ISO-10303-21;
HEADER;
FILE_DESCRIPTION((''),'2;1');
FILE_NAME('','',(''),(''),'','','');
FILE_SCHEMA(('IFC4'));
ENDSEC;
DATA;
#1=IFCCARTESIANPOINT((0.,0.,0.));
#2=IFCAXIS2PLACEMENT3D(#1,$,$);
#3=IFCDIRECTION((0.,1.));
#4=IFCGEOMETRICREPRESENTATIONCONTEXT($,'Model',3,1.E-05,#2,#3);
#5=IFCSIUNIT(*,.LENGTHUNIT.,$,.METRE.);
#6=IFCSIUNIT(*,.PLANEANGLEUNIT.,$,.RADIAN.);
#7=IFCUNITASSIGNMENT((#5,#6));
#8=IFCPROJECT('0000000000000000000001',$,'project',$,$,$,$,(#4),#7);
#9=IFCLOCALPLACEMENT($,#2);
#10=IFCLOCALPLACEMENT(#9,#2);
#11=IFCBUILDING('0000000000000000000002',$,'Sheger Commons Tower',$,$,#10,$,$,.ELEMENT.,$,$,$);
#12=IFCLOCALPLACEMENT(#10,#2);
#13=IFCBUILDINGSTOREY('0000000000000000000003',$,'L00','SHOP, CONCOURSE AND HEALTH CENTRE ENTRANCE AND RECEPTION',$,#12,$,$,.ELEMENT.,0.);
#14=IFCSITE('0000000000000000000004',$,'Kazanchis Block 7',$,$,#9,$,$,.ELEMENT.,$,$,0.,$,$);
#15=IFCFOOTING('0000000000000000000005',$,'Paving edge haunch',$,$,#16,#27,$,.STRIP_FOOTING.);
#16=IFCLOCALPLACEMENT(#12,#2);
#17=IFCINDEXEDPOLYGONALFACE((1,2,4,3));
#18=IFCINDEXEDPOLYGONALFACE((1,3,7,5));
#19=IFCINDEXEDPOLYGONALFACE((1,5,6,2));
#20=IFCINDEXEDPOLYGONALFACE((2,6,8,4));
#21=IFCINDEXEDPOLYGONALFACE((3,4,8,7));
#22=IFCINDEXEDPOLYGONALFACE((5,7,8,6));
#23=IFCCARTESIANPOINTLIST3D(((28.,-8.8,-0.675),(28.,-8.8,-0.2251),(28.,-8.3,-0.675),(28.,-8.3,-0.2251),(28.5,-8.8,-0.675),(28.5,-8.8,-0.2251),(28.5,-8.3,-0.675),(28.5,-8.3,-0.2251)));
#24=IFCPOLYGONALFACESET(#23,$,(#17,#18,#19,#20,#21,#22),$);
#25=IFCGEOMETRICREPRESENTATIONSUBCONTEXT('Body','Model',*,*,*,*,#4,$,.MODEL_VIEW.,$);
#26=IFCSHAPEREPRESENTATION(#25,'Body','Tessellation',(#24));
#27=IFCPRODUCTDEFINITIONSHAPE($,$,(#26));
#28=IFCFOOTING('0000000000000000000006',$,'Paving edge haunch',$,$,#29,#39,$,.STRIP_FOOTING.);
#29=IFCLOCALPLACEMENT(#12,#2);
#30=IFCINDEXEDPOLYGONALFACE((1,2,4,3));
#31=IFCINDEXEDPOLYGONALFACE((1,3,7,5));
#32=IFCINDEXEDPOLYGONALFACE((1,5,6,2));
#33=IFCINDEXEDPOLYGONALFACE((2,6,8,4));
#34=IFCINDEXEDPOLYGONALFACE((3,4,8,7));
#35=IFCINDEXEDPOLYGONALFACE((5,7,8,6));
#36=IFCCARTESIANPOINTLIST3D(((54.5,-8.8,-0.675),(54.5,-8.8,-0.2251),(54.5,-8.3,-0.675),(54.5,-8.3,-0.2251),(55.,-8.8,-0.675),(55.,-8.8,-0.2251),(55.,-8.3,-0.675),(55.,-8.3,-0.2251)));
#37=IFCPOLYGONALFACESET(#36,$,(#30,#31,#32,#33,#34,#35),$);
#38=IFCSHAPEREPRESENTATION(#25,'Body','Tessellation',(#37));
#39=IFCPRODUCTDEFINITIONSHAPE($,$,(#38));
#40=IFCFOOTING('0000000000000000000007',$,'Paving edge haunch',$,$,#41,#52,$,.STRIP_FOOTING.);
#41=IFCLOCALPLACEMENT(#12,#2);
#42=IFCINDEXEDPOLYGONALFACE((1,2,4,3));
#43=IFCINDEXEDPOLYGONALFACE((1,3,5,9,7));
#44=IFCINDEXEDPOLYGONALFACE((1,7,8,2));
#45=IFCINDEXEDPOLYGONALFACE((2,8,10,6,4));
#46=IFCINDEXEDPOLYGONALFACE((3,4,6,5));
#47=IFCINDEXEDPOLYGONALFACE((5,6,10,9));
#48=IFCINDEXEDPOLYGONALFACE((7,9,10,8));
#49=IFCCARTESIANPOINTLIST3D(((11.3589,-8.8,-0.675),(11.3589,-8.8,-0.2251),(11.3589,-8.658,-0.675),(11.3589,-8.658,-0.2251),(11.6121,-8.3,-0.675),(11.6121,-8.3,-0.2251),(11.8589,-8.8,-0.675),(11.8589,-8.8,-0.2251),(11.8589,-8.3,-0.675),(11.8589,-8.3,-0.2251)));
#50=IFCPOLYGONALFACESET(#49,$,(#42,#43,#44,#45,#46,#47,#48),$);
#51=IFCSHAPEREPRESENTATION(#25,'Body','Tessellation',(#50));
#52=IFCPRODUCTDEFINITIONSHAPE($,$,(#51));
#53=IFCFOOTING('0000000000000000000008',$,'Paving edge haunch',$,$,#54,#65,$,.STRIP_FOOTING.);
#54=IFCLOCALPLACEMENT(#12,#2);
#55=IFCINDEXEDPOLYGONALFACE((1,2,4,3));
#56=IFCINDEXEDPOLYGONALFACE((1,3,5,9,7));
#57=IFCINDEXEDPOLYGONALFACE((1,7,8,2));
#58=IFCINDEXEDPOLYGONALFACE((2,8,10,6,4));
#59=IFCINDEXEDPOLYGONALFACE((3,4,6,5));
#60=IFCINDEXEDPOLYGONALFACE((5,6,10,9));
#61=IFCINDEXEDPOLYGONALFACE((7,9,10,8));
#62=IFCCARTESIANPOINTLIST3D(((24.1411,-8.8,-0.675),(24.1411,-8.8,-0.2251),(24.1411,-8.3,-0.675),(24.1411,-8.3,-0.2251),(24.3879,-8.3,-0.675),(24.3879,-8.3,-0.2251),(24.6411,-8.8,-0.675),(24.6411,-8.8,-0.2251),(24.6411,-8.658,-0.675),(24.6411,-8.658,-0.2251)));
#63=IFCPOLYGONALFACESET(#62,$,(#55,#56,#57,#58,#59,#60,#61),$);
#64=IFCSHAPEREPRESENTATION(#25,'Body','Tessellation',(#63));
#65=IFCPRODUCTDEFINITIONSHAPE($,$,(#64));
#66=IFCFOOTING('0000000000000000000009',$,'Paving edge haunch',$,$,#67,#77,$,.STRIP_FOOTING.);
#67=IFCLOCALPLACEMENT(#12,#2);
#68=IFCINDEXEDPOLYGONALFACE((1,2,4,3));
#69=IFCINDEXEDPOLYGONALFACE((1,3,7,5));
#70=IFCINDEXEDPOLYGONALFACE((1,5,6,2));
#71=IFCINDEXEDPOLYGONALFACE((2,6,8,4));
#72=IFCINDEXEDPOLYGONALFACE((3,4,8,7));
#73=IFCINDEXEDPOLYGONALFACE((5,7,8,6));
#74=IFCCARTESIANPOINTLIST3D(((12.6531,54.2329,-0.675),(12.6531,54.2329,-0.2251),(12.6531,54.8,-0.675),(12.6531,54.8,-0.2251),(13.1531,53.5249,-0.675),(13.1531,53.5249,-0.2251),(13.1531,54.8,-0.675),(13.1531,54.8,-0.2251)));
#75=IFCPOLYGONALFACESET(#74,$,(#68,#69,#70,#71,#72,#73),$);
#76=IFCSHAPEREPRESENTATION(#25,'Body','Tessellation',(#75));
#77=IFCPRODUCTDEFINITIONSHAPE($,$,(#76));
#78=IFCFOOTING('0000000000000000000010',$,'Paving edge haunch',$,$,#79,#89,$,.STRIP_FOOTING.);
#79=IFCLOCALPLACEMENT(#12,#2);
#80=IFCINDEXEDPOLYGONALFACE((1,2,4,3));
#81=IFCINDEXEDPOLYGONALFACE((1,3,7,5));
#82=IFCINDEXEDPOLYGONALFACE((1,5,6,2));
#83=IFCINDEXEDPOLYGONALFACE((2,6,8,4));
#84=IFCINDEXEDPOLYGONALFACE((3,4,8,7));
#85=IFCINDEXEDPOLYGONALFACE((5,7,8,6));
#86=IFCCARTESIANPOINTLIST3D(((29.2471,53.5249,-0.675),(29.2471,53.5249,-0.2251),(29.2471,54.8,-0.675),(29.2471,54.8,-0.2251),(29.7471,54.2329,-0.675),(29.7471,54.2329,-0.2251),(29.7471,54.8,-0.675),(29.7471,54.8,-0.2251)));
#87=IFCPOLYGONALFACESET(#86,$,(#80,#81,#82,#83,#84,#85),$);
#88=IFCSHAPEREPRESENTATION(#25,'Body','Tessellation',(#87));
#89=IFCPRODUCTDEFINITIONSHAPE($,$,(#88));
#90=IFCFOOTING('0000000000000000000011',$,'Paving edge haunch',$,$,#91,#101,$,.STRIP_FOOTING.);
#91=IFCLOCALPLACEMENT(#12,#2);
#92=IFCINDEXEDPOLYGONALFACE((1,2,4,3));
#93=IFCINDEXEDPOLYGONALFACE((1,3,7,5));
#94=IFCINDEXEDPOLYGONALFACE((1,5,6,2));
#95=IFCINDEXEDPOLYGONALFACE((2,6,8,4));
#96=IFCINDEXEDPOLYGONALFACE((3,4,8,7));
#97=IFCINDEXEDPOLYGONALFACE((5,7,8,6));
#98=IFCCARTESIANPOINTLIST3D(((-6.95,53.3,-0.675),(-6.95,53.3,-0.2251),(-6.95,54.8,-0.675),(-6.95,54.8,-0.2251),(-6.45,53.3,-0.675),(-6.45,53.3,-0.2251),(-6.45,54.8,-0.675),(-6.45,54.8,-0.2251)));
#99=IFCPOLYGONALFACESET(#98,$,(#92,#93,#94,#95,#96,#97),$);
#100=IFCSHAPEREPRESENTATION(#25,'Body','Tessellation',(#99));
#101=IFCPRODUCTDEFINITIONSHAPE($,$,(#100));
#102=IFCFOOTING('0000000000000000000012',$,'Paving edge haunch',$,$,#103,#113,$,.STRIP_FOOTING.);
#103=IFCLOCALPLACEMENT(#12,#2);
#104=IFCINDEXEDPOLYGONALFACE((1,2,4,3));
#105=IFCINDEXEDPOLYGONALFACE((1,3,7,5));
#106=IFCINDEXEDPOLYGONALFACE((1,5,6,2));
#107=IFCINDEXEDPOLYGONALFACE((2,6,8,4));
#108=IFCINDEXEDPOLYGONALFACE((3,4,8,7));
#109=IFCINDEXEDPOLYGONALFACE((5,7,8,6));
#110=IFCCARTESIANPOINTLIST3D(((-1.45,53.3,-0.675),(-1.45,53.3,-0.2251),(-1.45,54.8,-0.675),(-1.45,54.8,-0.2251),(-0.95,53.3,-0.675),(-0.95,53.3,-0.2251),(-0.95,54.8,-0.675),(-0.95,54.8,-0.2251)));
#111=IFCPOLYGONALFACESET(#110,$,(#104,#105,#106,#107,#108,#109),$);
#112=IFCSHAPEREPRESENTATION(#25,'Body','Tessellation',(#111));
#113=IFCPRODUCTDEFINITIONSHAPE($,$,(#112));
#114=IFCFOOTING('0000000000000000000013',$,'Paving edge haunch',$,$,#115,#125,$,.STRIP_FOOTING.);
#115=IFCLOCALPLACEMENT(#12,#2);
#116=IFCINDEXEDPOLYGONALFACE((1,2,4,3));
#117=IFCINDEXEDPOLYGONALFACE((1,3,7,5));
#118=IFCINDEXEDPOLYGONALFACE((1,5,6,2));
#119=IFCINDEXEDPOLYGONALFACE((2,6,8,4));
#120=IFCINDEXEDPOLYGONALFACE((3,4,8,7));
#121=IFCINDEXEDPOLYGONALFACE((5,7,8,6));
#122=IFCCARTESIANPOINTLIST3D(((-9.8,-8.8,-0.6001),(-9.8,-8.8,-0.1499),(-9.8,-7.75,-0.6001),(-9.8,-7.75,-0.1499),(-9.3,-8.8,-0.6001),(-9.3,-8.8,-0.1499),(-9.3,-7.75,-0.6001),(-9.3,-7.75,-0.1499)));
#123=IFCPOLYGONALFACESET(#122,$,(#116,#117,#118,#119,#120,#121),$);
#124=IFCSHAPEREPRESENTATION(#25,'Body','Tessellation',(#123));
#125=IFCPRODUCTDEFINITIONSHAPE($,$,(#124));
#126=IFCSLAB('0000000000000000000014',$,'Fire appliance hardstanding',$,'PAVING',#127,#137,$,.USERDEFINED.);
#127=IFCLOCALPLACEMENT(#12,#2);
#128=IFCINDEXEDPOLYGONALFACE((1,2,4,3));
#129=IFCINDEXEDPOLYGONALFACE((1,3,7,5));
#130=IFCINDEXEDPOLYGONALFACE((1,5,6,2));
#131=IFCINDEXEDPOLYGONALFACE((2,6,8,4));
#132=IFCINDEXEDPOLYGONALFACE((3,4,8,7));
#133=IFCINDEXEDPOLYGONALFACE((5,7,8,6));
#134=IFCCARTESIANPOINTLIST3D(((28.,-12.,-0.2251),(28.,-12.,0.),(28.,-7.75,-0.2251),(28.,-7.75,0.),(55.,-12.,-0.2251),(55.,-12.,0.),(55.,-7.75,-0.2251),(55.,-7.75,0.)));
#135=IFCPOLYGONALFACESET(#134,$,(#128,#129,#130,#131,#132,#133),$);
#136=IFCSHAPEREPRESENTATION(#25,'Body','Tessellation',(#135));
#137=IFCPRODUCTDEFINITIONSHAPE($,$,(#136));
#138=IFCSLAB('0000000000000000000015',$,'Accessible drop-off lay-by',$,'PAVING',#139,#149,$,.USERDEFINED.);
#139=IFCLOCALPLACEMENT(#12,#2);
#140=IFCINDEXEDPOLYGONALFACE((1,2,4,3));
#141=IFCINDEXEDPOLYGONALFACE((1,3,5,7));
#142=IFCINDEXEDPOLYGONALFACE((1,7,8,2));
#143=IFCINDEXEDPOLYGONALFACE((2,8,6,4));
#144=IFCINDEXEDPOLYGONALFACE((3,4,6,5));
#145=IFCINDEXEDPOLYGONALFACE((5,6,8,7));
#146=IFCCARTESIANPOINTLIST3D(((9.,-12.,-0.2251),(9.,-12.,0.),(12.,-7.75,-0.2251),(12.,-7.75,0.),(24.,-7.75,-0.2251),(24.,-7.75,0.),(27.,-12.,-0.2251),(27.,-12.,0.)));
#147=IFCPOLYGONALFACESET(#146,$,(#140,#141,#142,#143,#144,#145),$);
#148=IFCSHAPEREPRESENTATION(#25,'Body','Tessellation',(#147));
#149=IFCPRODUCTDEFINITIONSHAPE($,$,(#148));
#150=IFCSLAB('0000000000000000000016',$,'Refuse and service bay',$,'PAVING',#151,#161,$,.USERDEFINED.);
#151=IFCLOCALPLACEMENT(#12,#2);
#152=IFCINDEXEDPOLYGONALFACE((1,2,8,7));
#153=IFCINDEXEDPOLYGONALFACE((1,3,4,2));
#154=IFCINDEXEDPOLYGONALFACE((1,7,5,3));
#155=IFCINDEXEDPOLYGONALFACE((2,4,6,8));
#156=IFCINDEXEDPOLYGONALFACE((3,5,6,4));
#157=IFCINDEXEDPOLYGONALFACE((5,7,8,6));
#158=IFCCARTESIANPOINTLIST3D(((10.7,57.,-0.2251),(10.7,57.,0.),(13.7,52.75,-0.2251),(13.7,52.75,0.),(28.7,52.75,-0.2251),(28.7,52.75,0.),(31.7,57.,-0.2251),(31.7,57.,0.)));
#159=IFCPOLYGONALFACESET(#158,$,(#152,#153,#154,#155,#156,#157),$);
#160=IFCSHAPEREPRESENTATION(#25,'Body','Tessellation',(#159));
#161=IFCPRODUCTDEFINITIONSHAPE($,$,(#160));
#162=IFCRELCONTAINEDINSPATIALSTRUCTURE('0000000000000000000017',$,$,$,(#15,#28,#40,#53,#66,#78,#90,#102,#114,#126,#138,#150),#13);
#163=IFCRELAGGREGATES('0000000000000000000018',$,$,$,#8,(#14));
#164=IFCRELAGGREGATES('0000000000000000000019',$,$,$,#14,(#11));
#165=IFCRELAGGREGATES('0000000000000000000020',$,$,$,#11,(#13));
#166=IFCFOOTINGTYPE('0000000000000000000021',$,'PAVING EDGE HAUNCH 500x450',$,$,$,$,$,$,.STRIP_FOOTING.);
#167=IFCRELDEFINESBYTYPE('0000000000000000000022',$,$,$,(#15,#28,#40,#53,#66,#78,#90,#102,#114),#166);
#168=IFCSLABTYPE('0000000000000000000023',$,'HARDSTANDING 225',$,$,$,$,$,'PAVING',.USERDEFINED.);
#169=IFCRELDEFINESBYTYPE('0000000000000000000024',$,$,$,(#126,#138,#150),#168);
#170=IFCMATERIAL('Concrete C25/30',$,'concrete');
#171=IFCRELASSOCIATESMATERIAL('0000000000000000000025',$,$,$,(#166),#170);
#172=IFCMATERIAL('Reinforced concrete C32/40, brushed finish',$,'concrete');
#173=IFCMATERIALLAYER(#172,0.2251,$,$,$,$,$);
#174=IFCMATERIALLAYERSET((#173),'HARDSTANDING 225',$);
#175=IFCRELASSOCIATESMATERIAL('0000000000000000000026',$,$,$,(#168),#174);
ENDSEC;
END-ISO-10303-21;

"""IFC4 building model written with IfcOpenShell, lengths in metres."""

from ifc_helpers import new_model, si_unit, direction, frame, origin, place, context, subcontext, project, spatial, polyline, outline, extrude, material, layer, layer_set, type_object, element, save


model = new_model("IFC4")

# Units and contexts
model_context = context("Model", 3, precision=1e-05, world=origin(), true_north=direction((0.0, 1.0)))
body_context = subcontext(model_context, "Body", "Model", "MODEL_VIEW")
ifc_project = project(units=[si_unit("LENGTHUNIT", "METRE"), si_unit("PLANEANGLEUNIT", "RADIAN")], contexts=[model_context])

# Site, building, storey
site_placement = place(None, origin())
site = spatial("IfcSite", under=ifc_project, at=site_placement, Name="Kazanchis Block 7", CompositionType="ELEMENT", RefElevation=0.0)
building_placement = place(site_placement, origin())
building = spatial("IfcBuilding", under=site, at=building_placement, Name="Sheger Commons Tower", CompositionType="ELEMENT")
storey_placement = place(building_placement, origin())
storey = spatial("IfcBuildingStorey", under=building, at=storey_placement, Name="L00", Description="SHOP, CONCOURSE AND HEALTH CENTRE ENTRANCE AND RECEPTION", CompositionType="ELEMENT", Elevation=0.0)

# Footings
ifc_material_1 = material(Name="Concrete C25/30", Category="concrete")
footing_type = type_object("IfcFootingType", Name="PAVING EDGE HAUNCH 500x450", PredefinedType="STRIP_FOOTING", material=ifc_material_1)
footing_1_placement = place(storey_placement, frame((0.0, 0.0, -0.675)))
element("IfcFooting", 1, at=footing_1_placement, inside=storey, type_object=footing_type, Name="Paving edge haunch", PredefinedType="STRIP_FOOTING", context=body_context, shape_type="SweptSolid", body=[
    extrude(outline(polyline([(28.0, -8.8), (28.5, -8.8), (28.5, -8.3), (28.0, -8.3), (28.0, -8.8)])), origin(), (0.0, 0.0, 1.0), 0.45),
])
footing_2_placement = place(storey_placement, frame((0.0, 0.0, -0.675)))
element("IfcFooting", 2, at=footing_2_placement, inside=storey, type_object=footing_type, Name="Paving edge haunch", PredefinedType="STRIP_FOOTING", context=body_context, shape_type="SweptSolid", body=[
    extrude(outline(polyline([(54.5, -8.8), (55.0, -8.8), (55.0, -8.3), (54.5, -8.3), (54.5, -8.8)])), origin(), (0.0, 0.0, 1.0), 0.45),
])
footing_3_placement = place(storey_placement, frame((0.0, 0.0, -0.675)))
element("IfcFooting", 3, at=footing_3_placement, inside=storey, type_object=footing_type, Name="Paving edge haunch", PredefinedType="STRIP_FOOTING", context=body_context, shape_type="SweptSolid", body=[
    extrude(outline(polyline([(11.3589, -8.8), (11.8589, -8.8), (11.8589, -8.3), (11.6121, -8.3), (11.3589, -8.658), (11.3589, -8.8)])), origin(), (0.0, 0.0, 1.0), 0.45),
])
footing_4_placement = place(storey_placement, frame((0.0, 0.0, -0.675)))
element("IfcFooting", 4, at=footing_4_placement, inside=storey, type_object=footing_type, Name="Paving edge haunch", PredefinedType="STRIP_FOOTING", context=body_context, shape_type="SweptSolid", body=[
    extrude(outline(polyline([(24.1411, -8.8), (24.6411, -8.8), (24.6411, -8.658), (24.3879, -8.3), (24.1411, -8.3), (24.1411, -8.8)])), origin(), (0.0, 0.0, 1.0), 0.45),
])
footing_5_placement = place(storey_placement, frame((0.0, 0.0, -0.675)))
element("IfcFooting", 5, at=footing_5_placement, inside=storey, type_object=footing_type, Name="Paving edge haunch", PredefinedType="STRIP_FOOTING", context=body_context, shape_type="SweptSolid", body=[
    extrude(outline(polyline([(13.1531, 53.5249), (13.1531, 54.8), (12.6531, 54.8), (12.6531, 54.2329), (13.1531, 53.5249)])), origin(), (0.0, 0.0, 1.0), 0.45),
])
footing_6_placement = place(storey_placement, frame((0.0, 0.0, -0.675)))
element("IfcFooting", 6, at=footing_6_placement, inside=storey, type_object=footing_type, Name="Paving edge haunch", PredefinedType="STRIP_FOOTING", context=body_context, shape_type="SweptSolid", body=[
    extrude(outline(polyline([(29.2471, 53.5249), (29.7471, 54.2329), (29.7471, 54.8), (29.2471, 54.8), (29.2471, 53.5249)])), origin(), (0.0, 0.0, 1.0), 0.45),
])
footing_7_placement = place(storey_placement, frame((0.0, 0.0, -0.675)))
element("IfcFooting", 7, at=footing_7_placement, inside=storey, type_object=footing_type, Name="Paving edge haunch", PredefinedType="STRIP_FOOTING", context=body_context, shape_type="SweptSolid", body=[
    extrude(outline(polyline([(-6.95, 53.3), (-6.45, 53.3), (-6.45, 54.8), (-6.95, 54.8), (-6.95, 53.3)])), origin(), (0.0, 0.0, 1.0), 0.45),
])
footing_8_placement = place(storey_placement, frame((0.0, 0.0, -0.675)))
element("IfcFooting", 8, at=footing_8_placement, inside=storey, type_object=footing_type, Name="Paving edge haunch", PredefinedType="STRIP_FOOTING", context=body_context, shape_type="SweptSolid", body=[
    extrude(outline(polyline([(-1.45, 53.3), (-0.95, 53.3), (-0.95, 54.8), (-1.45, 54.8), (-1.45, 53.3)])), origin(), (0.0, 0.0, 1.0), 0.45),
])
footing_9_placement = place(storey_placement, frame((0.0, 0.0, -0.6001)))
element("IfcFooting", 9, at=footing_9_placement, inside=storey, type_object=footing_type, Name="Paving edge haunch", PredefinedType="STRIP_FOOTING", context=body_context, shape_type="SweptSolid", body=[
    extrude(outline(polyline([(-9.8, -8.8), (-9.3, -8.8), (-9.3, -7.75), (-9.8, -7.75), (-9.8, -8.8)])), origin(), (0.0, 0.0, 1.0), 0.4502),
])

# Slabs
ifc_material_2 = material(Name="Reinforced concrete C32/40, brushed finish", Category="concrete")
ifc_layer_1 = layer(ifc_material_2, 0.2251)
ifc_layer_set_1 = layer_set([ifc_layer_1], Name="HARDSTANDING 225")
slab_type_1 = type_object("IfcSlabType", Name="HARDSTANDING 225", ElementType="PAVING", PredefinedType="USERDEFINED", material=ifc_layer_set_1)
slab_1_placement = place(storey_placement, frame((0.0, 0.0, -0.2251)))
element("IfcSlab", 10, at=slab_1_placement, inside=storey, type_object=slab_type_1, Name="Fire appliance hardstanding", ObjectType="PAVING", PredefinedType="USERDEFINED", context=body_context, shape_type="SweptSolid", body=[
    extrude(outline(polyline([(28.0, -12.0), (55.0, -12.0), (55.0, -7.75), (28.0, -7.75), (28.0, -12.0)])), origin(), (0.0, 0.0, 1.0), 0.2251),
])
slab_2_placement = place(storey_placement, frame((0.0, 0.0, -0.2251)))
element("IfcSlab", 11, at=slab_2_placement, inside=storey, type_object=slab_type_1, Name="Accessible drop-off lay-by", ObjectType="PAVING", PredefinedType="USERDEFINED", context=body_context, shape_type="SweptSolid", body=[
    extrude(outline(polyline([(9.0, -12.0), (27.0, -12.0), (24.0, -7.75), (12.0, -7.75), (9.0, -12.0)])), origin(), (0.0, 0.0, 1.0), 0.2251),
])
slab_3_placement = place(storey_placement, frame((0.0, 0.0, -0.2251)))
element("IfcSlab", 12, at=slab_3_placement, inside=storey, type_object=slab_type_1, Name="Refuse and service bay", ObjectType="PAVING", PredefinedType="USERDEFINED", context=body_context, shape_type="SweptSolid", body=[
    extrude(outline(polyline([(13.7, 52.75), (28.7, 52.75), (31.7, 57.0), (10.7, 57.0), (13.7, 52.75)])), origin(), (0.0, 0.0, 1.0), 0.2251),
])

save(model, "model.ifc")
